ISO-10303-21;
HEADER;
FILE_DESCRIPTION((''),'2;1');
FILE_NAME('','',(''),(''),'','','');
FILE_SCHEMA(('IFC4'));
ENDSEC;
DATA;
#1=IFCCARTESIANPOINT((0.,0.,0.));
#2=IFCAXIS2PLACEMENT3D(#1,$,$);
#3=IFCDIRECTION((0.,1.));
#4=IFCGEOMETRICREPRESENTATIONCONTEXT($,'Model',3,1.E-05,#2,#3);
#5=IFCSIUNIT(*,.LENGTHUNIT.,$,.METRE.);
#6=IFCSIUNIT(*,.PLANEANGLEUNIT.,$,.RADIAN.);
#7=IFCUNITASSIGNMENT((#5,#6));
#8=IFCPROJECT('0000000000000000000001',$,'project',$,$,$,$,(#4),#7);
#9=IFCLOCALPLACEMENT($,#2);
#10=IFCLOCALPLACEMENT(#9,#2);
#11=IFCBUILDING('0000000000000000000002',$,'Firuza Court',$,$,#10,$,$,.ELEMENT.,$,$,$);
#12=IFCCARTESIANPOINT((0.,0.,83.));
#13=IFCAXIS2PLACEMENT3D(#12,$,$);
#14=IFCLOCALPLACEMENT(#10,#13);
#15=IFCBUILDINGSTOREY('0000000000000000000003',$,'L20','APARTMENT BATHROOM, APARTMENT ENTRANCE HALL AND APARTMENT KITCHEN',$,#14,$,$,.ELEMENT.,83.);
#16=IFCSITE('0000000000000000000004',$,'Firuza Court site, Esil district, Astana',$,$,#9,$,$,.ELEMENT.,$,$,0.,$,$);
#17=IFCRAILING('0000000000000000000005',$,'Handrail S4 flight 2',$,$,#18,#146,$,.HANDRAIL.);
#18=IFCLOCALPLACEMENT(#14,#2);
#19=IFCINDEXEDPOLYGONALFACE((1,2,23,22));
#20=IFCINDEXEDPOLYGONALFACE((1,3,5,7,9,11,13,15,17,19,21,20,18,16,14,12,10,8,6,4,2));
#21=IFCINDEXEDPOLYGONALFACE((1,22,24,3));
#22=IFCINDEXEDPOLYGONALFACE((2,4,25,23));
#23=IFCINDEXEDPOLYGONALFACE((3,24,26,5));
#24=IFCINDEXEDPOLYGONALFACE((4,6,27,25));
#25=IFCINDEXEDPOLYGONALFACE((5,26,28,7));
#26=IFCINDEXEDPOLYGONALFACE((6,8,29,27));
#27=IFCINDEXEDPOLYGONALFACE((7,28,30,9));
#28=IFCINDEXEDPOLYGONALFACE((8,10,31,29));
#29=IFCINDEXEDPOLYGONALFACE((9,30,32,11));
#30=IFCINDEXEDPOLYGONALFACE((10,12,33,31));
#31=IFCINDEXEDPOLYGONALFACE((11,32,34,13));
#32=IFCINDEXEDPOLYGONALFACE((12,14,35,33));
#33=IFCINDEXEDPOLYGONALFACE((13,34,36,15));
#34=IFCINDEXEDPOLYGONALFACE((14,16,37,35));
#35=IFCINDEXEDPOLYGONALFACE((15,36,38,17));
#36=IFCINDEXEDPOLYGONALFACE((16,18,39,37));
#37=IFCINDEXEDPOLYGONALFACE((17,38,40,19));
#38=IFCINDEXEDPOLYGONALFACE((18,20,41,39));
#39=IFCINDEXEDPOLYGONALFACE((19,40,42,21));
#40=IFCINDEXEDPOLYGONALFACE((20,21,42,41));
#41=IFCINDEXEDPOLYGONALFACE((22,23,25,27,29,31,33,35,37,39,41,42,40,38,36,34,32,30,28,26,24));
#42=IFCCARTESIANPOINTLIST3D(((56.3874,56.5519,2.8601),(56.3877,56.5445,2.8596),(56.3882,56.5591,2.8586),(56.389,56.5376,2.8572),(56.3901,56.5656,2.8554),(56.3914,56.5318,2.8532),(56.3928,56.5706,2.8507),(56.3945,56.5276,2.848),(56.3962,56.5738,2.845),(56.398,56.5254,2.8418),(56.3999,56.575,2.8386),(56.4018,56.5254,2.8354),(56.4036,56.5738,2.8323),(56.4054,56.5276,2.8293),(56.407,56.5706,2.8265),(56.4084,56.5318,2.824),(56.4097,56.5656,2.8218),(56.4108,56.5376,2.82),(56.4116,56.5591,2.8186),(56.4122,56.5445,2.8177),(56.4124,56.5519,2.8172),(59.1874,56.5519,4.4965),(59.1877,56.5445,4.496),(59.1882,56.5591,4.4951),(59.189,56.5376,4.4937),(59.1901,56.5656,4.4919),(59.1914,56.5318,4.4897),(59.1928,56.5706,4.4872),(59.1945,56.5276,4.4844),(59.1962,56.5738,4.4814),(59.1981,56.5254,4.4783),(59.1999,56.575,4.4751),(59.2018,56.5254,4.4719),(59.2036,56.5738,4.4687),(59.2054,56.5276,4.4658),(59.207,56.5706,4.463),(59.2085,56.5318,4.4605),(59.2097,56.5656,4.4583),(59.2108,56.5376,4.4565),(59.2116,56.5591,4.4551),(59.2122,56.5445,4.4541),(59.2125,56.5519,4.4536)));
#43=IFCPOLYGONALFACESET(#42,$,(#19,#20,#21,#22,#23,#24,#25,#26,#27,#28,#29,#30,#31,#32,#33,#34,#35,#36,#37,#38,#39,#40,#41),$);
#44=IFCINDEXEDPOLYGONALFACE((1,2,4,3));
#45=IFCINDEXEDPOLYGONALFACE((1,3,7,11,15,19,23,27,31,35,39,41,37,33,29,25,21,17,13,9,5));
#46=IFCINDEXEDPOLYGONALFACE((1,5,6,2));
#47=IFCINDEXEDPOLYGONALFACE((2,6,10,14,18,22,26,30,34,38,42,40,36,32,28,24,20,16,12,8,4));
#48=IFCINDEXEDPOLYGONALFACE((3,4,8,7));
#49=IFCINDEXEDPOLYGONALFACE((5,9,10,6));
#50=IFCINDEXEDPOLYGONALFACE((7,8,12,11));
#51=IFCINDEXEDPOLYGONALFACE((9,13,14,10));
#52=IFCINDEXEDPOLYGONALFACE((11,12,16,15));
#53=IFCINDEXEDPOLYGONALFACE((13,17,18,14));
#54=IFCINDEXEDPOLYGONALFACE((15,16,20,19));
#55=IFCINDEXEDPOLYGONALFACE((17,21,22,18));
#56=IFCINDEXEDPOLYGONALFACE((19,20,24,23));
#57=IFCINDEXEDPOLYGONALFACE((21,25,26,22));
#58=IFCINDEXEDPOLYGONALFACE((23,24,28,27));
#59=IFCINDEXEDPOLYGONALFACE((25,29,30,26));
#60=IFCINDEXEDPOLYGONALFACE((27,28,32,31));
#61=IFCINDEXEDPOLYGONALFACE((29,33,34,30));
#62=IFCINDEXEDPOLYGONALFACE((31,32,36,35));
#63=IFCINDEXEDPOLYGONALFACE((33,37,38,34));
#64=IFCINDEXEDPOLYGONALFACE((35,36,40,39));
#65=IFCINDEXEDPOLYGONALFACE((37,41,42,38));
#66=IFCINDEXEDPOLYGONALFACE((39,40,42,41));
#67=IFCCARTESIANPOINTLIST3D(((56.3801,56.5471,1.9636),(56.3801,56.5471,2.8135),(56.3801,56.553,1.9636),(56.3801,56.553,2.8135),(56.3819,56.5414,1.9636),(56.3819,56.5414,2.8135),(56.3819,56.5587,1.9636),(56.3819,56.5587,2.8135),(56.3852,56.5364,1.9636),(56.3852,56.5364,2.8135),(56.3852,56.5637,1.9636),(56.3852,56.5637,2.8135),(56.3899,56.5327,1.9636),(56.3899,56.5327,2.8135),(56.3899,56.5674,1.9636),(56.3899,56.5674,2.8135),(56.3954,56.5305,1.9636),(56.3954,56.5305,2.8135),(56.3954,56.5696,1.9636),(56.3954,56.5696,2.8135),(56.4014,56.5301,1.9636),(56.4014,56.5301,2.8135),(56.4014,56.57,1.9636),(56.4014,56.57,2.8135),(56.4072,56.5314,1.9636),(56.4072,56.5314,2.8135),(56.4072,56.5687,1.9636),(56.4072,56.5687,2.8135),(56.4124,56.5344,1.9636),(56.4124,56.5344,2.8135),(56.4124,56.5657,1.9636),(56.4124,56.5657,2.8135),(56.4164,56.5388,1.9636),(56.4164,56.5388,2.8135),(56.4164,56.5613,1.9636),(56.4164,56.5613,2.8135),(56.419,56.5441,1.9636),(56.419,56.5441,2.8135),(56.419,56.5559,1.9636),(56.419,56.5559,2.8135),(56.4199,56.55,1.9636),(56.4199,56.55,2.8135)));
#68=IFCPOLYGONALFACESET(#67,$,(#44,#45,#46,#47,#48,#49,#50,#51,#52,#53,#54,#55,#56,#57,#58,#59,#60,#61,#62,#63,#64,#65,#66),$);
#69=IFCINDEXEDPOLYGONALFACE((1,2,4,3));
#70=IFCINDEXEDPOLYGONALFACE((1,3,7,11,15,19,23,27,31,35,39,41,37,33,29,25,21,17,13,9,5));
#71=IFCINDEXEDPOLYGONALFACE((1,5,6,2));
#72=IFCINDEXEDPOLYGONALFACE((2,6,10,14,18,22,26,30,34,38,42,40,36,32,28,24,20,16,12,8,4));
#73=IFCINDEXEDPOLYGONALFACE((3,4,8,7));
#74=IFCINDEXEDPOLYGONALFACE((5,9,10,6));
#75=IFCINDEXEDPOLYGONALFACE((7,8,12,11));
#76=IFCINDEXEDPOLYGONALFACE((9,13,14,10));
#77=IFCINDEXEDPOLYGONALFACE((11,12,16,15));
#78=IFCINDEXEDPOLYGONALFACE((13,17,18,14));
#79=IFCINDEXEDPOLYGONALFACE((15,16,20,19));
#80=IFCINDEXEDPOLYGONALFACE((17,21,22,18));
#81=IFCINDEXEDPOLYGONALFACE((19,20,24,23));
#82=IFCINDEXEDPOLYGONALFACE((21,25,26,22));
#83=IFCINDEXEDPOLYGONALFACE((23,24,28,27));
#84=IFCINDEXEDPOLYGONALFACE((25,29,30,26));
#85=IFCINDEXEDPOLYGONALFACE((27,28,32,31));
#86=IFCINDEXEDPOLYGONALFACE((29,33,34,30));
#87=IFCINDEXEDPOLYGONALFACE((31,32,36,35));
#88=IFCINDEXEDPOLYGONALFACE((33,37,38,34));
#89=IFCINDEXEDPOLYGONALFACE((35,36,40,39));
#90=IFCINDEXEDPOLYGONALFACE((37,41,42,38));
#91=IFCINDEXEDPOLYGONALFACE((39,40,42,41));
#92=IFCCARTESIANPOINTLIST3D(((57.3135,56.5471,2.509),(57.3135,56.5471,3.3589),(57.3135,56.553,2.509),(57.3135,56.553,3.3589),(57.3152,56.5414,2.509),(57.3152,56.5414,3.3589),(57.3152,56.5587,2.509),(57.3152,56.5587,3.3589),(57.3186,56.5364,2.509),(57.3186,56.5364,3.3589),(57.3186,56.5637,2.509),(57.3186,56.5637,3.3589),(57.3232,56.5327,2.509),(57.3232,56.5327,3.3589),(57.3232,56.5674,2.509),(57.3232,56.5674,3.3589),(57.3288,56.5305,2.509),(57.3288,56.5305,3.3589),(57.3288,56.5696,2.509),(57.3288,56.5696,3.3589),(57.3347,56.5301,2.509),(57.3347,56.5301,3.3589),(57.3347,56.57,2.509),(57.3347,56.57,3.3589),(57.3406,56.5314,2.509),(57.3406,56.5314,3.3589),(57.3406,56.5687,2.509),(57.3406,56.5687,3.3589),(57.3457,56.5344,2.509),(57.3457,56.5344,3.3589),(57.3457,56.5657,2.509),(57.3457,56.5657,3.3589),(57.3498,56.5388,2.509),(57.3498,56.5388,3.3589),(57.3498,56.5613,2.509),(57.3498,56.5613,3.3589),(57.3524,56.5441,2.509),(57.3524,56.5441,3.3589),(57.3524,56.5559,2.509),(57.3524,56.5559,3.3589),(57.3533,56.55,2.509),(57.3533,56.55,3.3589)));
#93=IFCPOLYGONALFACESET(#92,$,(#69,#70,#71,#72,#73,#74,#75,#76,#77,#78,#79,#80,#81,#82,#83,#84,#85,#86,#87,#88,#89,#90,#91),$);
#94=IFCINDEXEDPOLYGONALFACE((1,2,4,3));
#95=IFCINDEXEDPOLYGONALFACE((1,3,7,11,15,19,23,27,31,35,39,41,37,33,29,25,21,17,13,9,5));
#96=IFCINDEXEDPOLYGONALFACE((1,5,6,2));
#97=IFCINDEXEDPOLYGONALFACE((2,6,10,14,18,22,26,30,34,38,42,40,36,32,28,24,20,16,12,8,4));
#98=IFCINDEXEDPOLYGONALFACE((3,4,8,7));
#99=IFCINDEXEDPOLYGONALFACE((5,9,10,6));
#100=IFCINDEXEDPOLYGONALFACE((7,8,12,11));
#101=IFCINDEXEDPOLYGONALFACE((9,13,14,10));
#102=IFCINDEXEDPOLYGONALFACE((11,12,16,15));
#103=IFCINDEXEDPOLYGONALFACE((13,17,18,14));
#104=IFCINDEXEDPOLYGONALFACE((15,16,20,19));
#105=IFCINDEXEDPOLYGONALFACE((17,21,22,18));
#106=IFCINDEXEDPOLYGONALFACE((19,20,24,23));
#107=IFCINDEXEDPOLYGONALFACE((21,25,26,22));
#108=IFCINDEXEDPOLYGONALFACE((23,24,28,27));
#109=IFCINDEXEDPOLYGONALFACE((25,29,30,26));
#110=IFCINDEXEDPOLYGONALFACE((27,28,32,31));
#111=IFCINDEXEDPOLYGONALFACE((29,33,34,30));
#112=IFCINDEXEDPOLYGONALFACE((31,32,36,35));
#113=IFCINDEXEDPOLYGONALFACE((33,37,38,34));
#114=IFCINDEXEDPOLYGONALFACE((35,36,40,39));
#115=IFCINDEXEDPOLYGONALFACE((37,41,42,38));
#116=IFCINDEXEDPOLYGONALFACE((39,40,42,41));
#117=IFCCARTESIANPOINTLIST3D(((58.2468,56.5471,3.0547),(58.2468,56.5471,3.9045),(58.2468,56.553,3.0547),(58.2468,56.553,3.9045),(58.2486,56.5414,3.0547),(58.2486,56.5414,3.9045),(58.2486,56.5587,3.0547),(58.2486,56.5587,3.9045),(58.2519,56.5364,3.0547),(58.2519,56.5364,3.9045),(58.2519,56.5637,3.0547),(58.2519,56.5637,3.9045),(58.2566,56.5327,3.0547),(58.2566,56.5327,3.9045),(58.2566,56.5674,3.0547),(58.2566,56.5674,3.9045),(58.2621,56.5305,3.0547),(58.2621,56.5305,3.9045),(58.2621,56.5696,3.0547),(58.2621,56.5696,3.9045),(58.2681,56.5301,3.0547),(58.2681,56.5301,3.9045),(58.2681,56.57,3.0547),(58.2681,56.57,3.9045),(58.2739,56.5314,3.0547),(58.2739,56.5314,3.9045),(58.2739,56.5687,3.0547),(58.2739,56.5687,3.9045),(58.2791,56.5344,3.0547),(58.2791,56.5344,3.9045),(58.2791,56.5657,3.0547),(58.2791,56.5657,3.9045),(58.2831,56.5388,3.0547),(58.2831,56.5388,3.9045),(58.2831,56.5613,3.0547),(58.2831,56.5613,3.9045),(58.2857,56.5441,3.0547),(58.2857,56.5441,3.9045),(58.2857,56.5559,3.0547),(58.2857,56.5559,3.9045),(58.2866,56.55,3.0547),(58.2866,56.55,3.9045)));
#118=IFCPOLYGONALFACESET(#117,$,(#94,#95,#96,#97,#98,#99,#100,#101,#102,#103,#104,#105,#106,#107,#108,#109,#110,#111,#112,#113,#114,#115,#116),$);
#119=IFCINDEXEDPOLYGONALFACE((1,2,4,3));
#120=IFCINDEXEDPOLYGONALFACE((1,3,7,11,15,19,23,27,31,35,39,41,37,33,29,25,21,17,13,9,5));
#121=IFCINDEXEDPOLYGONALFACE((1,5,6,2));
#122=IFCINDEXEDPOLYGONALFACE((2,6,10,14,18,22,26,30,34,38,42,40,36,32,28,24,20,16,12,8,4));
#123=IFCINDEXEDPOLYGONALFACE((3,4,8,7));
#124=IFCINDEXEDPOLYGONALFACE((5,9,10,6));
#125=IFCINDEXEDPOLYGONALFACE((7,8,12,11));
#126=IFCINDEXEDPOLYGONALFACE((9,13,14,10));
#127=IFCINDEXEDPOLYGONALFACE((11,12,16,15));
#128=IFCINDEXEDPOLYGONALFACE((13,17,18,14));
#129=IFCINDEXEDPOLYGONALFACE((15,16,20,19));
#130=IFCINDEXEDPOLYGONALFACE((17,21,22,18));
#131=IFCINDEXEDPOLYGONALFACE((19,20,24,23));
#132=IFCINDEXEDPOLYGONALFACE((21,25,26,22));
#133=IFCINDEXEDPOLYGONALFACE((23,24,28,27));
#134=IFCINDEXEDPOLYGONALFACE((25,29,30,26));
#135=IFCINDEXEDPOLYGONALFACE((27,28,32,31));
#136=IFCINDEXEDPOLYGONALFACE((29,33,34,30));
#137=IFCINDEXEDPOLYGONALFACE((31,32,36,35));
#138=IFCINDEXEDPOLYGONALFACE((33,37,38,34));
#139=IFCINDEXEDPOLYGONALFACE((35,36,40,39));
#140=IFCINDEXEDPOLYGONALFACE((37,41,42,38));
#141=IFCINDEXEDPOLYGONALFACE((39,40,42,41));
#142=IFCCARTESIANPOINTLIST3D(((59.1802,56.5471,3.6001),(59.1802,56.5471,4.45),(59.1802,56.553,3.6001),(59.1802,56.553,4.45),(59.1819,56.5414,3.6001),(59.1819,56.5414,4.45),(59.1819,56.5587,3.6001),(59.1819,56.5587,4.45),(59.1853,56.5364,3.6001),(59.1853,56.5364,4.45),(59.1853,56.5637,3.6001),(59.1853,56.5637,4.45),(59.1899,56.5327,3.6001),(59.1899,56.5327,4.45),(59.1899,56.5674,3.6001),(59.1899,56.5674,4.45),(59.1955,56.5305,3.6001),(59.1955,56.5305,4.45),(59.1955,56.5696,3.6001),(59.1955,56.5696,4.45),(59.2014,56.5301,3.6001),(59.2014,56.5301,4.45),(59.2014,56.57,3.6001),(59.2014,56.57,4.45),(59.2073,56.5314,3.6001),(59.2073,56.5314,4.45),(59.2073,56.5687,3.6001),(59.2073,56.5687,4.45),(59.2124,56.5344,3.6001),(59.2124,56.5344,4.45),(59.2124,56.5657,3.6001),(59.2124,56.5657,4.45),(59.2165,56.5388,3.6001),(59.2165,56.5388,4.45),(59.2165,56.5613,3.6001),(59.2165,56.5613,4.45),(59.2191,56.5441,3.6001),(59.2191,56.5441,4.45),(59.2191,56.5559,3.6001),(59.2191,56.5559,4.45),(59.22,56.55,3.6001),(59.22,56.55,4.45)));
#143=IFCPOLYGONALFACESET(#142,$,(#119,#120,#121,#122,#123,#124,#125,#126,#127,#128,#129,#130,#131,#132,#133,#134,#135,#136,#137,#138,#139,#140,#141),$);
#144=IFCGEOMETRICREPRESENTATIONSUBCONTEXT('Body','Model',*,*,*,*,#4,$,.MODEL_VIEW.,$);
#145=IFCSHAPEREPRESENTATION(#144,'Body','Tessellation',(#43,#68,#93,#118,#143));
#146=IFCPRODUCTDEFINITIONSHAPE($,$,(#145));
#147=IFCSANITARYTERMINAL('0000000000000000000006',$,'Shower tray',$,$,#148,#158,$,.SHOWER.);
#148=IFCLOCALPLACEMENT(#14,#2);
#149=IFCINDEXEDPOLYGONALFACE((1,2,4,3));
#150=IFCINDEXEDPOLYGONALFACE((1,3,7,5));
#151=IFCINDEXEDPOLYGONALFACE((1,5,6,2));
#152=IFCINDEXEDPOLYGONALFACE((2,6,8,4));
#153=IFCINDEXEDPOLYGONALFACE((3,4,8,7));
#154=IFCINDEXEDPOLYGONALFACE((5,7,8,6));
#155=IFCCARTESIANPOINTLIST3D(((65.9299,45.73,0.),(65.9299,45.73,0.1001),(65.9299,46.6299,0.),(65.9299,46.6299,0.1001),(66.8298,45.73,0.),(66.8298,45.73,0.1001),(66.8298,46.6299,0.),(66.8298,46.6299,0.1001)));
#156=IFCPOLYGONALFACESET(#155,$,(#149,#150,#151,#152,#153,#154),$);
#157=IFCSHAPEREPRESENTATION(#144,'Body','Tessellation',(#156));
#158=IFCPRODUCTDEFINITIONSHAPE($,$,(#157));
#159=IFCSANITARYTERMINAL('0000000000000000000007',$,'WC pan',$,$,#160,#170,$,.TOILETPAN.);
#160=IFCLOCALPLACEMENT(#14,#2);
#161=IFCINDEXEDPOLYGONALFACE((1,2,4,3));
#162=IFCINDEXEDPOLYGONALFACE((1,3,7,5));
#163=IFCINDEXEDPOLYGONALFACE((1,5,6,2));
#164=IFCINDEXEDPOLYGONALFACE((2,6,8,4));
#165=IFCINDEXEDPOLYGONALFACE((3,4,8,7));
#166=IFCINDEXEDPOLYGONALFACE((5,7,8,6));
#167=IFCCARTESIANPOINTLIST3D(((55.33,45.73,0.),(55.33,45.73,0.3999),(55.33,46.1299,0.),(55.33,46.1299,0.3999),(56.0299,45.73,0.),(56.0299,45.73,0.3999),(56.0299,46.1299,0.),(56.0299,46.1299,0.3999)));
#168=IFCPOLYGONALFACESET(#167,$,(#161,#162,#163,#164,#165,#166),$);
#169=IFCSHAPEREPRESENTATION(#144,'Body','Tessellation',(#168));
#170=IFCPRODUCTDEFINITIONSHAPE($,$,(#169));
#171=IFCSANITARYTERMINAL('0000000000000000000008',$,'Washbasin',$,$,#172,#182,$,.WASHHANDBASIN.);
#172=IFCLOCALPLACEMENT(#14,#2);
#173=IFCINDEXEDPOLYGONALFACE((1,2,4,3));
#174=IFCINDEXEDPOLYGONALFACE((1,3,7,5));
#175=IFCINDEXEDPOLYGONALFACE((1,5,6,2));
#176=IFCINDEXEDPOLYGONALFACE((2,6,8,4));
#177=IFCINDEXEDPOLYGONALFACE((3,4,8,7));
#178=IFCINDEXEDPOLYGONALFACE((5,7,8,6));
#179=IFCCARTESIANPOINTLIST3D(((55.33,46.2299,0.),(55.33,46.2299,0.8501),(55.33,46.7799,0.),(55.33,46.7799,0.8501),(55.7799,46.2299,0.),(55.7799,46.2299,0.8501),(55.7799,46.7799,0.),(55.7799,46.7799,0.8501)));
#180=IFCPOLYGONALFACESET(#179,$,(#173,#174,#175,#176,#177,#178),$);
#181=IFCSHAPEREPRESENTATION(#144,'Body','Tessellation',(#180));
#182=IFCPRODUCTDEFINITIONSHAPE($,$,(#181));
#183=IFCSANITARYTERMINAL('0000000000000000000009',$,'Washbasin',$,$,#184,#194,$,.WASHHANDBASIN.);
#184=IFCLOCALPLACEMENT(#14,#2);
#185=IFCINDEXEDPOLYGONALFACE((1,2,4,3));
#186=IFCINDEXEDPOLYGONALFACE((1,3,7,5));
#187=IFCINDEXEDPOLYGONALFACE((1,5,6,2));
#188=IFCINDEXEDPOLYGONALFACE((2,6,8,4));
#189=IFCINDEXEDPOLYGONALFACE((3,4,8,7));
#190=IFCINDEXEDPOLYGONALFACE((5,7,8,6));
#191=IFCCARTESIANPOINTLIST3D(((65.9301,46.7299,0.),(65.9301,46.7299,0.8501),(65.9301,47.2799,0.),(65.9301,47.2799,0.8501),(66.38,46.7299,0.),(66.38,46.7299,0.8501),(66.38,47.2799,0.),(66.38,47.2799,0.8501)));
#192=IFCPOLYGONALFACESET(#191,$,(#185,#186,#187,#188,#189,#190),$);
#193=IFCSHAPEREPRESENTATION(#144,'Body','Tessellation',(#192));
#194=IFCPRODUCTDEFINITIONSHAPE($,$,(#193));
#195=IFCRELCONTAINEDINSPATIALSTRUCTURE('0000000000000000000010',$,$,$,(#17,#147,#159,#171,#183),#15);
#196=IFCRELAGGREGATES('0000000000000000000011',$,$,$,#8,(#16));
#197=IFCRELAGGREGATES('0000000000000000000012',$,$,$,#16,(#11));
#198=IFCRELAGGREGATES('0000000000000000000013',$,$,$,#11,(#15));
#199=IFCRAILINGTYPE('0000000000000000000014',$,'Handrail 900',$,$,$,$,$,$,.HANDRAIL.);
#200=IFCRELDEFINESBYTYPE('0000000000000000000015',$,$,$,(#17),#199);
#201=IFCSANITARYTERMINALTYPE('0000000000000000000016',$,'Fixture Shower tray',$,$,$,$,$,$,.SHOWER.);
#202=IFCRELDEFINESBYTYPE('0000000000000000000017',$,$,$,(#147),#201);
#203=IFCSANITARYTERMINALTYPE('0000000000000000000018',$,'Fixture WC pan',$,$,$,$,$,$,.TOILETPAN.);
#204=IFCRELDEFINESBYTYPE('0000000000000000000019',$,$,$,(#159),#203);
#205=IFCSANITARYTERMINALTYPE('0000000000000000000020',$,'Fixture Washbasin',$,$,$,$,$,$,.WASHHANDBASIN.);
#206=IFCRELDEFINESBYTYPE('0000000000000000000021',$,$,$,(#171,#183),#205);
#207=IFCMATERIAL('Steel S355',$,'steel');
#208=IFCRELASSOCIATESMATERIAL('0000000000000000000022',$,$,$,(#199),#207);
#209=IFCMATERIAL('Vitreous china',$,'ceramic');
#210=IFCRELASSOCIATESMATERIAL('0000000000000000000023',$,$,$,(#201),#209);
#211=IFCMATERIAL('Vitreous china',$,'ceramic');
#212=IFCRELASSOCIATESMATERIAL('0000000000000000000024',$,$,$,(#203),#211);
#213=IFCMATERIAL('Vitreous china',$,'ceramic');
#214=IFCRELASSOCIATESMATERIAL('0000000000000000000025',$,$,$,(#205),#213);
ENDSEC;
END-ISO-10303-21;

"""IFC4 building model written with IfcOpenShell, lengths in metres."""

from ifc_helpers import new_model, si_unit, direction, frame, origin, origin_2d, place, context, subcontext, project, spatial, rectangle, circle, extrude, material, type_object, element, save


model = new_model("IFC4")

# Units and contexts
model_context = context("Model", 3, precision=1e-05, world=origin(), true_north=direction((0.0, 1.0)))
body_context = subcontext(model_context, "Body", "Model", "MODEL_VIEW")
ifc_project = project(units=[si_unit("LENGTHUNIT", "METRE"), si_unit("PLANEANGLEUNIT", "RADIAN")], contexts=[model_context])

# Site, building, storey
site_placement = place(None, origin())
site = spatial("IfcSite", under=ifc_project, at=site_placement, Name="Firuza Court site, Esil district, Astana", CompositionType="ELEMENT", RefElevation=0.0)
building_placement = place(site_placement, origin())
building = spatial("IfcBuilding", under=site, at=building_placement, Name="Firuza Court", CompositionType="ELEMENT")
storey_placement = place(building_placement, frame((0.0, 0.0, 83.0)))
storey = spatial("IfcBuildingStorey", under=building, at=storey_placement, Name="L20", Description="APARTMENT BATHROOM, APARTMENT ENTRANCE HALL AND APARTMENT KITCHEN", CompositionType="ELEMENT", Elevation=83.0)

# Railing
ifc_material_1 = material(Name="Steel S355", Category="steel")
railing_type_1 = type_object("IfcRailingType", Name="Handrail 900", PredefinedType="HANDRAIL", material=ifc_material_1)
railing_1_placement = place(storey_placement, frame((56.3999, 56.55, 1.9636)))
element("IfcRailing", 1, at=railing_1_placement, inside=storey, type_object=railing_type_1, Name="Handrail S4 flight 2", PredefinedType="HANDRAIL", context=body_context, shape_type="SweptSolid", body=[
    extrude(circle(Radius=0.0249, at=origin_2d()), frame((0.0, 0.0, 0.875), z_axis=(0.863361, 0.0, 0.504587), x_axis=(0.0, 1.0, 0.0)), (0.0, 0.0, 1.0), 3.2432),
    extrude(circle(Radius=0.02, at=origin_2d()), origin(), (0.0, 0.0, 1.0), 0.8499),
    extrude(circle(Radius=0.02, at=origin_2d()), frame((0.9333, 0.0, 0.5454)), (0.0, 0.0, 1.0), 0.8499),
    extrude(circle(Radius=0.02, at=origin_2d()), frame((1.8667, 0.0, 1.0911)), (0.0, 0.0, 1.0), 0.8499),
    extrude(circle(Radius=0.02, at=origin_2d()), frame((2.8, 0.0, 1.6365)), (0.0, 0.0, 1.0), 0.8499),
])

# Sanitary terminals
ifc_material_2 = material(Name="Vitreous china", Category="ceramic")
sanitary_terminal_type_1 = type_object("IfcSanitaryTerminalType", Name="Fixture Shower tray", PredefinedType="SHOWER", material=ifc_material_2)
sanitary_terminal_1_placement = place(storey_placement, frame((66.3799, 46.1799, 0.0), z_axis=(0.0, 0.0, 1.0), x_axis=(1.0, 0.0, 0.0)))
element("IfcSanitaryTerminal", 2, at=sanitary_terminal_1_placement, inside=storey, type_object=sanitary_terminal_type_1, Name="Shower tray", PredefinedType="SHOWER", context=body_context, shape_type="SweptSolid", body=[
    extrude(rectangle(XDim=0.8999, YDim=0.8999, at=origin_2d()), origin(), (0.0, 0.0, 1.0), 0.1001),
])
ifc_material_3 = material(Name="Vitreous china", Category="ceramic")
sanitary_terminal_type_2 = type_object("IfcSanitaryTerminalType", Name="Fixture WC pan", PredefinedType="TOILETPAN", material=ifc_material_3)
sanitary_terminal_2_placement = place(storey_placement, frame((55.6799, 45.9299, 0.0), z_axis=(0.0, 0.0, 1.0), x_axis=(1.0, 0.0, 0.0)))
element("IfcSanitaryTerminal", 3, at=sanitary_terminal_2_placement, inside=storey, type_object=sanitary_terminal_type_2, Name="WC pan", PredefinedType="TOILETPAN", context=body_context, shape_type="SweptSolid", body=[
    extrude(rectangle(XDim=0.7, YDim=0.3999, at=origin_2d()), origin(), (0.0, 0.0, 1.0), 0.3999),
])
ifc_material_4 = material(Name="Vitreous china", Category="ceramic")
sanitary_terminal_type_3 = type_object("IfcSanitaryTerminalType", Name="Fixture Washbasin", PredefinedType="WASHHANDBASIN", material=ifc_material_4)
for number, where, z_axis, x_axis, name in (
    (4, (55.5549, 46.5049, 0.0), (0.0, 0.0, 1.0), (1.0, 0.0, 0.0), "Washbasin"),
    (5, (66.155, 47.0049, 0.0), (0.0, 0.0, 1.0), (1.0, 0.0, 0.0), "Washbasin"),
):
    element("IfcSanitaryTerminal", number, at=place(storey_placement, frame(where, z_axis=z_axis, x_axis=x_axis)), inside=storey, type_object=sanitary_terminal_type_3, Name=name, PredefinedType="WASHHANDBASIN", context=body_context, shape_type="SweptSolid", body=[
        extrude(rectangle(XDim=0.45, YDim=0.55, at=origin_2d()), origin(), (0.0, 0.0, 1.0), 0.8501),
    ])

save(model, "model.ifc")
